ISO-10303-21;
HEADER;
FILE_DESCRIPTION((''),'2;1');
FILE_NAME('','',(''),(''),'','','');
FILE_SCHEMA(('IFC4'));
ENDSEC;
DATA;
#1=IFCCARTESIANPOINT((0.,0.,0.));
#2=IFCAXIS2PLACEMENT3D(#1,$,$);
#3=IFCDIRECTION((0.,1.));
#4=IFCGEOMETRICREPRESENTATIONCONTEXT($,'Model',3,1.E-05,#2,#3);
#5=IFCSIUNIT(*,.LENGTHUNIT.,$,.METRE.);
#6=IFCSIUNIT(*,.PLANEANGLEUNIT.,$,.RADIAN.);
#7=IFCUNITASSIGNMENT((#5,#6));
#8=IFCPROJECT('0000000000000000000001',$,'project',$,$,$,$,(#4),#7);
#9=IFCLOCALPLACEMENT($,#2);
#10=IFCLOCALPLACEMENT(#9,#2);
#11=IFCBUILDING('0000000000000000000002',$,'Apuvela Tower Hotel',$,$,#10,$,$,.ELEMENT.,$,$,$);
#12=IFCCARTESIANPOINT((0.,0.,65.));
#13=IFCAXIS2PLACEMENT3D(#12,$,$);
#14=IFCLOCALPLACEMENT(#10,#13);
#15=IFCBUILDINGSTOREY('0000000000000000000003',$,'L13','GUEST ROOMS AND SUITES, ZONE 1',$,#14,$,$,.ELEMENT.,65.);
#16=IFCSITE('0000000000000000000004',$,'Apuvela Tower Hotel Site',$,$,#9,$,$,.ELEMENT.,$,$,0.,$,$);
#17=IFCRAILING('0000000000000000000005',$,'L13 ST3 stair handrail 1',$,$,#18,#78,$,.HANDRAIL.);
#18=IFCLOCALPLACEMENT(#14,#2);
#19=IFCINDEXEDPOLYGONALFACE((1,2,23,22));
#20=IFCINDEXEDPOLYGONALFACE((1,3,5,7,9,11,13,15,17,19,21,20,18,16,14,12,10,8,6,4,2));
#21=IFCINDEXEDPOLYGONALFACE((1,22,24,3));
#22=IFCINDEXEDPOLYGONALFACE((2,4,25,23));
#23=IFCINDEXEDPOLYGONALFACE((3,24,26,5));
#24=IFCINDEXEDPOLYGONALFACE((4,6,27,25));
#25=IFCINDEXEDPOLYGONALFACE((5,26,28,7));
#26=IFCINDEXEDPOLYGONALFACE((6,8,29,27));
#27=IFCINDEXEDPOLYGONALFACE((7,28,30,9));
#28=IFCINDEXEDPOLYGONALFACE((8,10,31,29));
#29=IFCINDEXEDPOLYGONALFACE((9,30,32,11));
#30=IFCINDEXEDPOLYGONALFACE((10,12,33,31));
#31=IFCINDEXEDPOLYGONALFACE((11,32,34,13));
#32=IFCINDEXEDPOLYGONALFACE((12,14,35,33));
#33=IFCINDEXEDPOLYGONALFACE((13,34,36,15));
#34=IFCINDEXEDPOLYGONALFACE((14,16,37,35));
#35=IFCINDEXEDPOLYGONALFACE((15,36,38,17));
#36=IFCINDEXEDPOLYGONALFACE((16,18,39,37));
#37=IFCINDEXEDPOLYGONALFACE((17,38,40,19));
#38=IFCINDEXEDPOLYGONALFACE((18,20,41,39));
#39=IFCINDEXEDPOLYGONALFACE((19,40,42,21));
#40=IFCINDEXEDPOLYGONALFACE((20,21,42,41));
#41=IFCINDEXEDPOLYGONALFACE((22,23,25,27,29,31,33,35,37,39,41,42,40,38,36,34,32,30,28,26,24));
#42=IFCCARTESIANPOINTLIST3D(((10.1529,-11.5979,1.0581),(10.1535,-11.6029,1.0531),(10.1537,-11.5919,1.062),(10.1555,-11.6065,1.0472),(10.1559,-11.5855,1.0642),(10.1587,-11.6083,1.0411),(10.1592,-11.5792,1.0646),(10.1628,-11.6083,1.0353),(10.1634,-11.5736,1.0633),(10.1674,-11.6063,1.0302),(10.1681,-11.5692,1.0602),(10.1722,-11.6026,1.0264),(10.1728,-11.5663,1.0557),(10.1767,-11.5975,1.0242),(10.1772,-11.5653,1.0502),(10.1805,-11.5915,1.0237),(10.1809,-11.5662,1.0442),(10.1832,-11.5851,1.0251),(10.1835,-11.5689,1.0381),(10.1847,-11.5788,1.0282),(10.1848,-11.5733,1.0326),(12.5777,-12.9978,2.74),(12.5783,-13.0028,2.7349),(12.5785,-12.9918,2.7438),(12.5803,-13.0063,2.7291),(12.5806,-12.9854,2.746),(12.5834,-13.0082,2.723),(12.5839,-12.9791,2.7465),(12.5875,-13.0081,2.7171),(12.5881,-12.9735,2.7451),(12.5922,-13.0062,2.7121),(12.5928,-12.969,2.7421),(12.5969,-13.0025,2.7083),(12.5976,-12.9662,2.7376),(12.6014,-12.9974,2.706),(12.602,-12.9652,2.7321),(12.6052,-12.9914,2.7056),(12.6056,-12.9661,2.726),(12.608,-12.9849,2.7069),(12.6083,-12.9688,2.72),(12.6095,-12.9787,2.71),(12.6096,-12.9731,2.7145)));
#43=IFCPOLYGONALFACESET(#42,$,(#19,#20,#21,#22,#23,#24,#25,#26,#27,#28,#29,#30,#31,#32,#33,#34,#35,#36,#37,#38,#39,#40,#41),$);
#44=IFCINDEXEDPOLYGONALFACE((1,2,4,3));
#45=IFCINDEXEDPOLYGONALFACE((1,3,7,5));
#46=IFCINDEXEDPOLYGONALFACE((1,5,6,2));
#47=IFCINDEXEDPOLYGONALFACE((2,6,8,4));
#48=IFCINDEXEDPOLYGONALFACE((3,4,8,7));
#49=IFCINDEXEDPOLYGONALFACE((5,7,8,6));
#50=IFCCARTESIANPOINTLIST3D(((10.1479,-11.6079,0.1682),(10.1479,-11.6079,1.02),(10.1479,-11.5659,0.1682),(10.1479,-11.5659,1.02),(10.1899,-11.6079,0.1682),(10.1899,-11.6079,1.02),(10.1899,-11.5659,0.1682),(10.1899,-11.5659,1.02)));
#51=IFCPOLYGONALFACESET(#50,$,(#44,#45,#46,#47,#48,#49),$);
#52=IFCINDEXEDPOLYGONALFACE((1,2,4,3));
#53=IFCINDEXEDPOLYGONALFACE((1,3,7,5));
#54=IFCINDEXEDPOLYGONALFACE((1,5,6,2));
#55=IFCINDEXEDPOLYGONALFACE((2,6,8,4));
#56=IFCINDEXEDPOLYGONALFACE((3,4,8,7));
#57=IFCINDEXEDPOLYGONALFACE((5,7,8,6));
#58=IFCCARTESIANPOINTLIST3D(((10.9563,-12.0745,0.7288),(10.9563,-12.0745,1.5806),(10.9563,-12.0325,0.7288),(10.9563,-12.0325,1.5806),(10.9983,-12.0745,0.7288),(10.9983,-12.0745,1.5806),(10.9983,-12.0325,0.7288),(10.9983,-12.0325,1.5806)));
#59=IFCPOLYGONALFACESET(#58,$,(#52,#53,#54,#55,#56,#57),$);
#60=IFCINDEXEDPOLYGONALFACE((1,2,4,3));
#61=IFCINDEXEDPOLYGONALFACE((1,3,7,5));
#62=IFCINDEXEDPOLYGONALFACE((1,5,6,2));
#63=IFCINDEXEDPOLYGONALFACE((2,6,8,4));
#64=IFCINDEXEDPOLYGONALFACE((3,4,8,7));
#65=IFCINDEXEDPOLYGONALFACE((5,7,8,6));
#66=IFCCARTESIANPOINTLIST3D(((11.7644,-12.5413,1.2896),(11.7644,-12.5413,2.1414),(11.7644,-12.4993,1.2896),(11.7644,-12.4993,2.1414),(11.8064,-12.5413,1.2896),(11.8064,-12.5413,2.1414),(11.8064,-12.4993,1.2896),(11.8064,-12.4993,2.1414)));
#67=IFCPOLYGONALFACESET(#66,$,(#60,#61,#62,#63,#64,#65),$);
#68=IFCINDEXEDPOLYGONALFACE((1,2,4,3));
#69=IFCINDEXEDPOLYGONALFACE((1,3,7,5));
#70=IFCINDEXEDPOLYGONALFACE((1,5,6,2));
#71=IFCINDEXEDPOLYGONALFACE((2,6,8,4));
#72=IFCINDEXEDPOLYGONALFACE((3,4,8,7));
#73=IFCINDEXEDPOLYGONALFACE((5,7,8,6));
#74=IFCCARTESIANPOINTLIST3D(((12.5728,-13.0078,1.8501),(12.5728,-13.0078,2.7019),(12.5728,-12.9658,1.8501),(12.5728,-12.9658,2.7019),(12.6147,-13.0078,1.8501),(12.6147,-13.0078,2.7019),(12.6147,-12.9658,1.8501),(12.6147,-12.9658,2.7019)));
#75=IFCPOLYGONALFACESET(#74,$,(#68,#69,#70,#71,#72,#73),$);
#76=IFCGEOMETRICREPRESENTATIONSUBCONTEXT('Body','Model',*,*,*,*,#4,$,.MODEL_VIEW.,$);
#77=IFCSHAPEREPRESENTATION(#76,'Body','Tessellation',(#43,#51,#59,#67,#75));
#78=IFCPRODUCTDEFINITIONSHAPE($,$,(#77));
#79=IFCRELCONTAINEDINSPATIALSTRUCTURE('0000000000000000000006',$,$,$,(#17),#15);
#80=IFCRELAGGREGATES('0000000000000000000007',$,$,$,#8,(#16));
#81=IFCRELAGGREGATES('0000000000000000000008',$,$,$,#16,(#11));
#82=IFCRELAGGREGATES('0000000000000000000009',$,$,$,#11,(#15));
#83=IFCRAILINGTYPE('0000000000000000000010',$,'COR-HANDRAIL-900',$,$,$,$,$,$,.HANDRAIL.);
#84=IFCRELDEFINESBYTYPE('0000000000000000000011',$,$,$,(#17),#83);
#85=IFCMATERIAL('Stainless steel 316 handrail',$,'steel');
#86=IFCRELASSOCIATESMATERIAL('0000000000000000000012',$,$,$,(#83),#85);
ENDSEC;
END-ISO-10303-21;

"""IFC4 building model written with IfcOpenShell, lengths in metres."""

from ifc_helpers import new_model, si_unit, direction, frame, origin, origin_2d, place, context, subcontext, project, spatial, rectangle, circle, extrude, material, type_object, element, save


model = new_model("IFC4")

# Units and contexts
model_context = context("Model", 3, precision=1e-05, world=origin(), true_north=direction((0.0, 1.0)))
body_context = subcontext(model_context, "Body", "Model", "MODEL_VIEW")
ifc_project = project(units=[si_unit("LENGTHUNIT", "METRE"), si_unit("PLANEANGLEUNIT", "RADIAN")], contexts=[model_context])

# Site, building, storey
site_placement = place(None, origin())
site = spatial("IfcSite", under=ifc_project, at=site_placement, Name="Apuvela Tower Hotel Site", CompositionType="ELEMENT", RefElevation=0.0)
building_placement = place(site_placement, origin())
building = spatial("IfcBuilding", under=site, at=building_placement, Name="Apuvela Tower Hotel", CompositionType="ELEMENT")
storey_placement = place(building_placement, frame((0.0, 0.0, 65.0)))
storey = spatial("IfcBuildingStorey", under=building, at=storey_placement, Name="L13", Description="GUEST ROOMS AND SUITES, ZONE 1", CompositionType="ELEMENT", Elevation=65.0)

# Railing
ifc_material_1 = material(Name="Stainless steel 316 handrail", Category="steel")
railing_type_1 = type_object("IfcRailingType", Name="COR-HANDRAIL-900", PredefinedType="HANDRAIL", material=ifc_material_1)
railing_1_placement = place(storey_placement, frame((10.1689, -11.5869, 0.1682)))
element("IfcRailing", 1, at=railing_1_placement, inside=storey, type_object=railing_type_1, Name="L13 ST3 stair handrail 1", PredefinedType="HANDRAIL", context=body_context, shape_type="SweptSolid", body=[
    extrude(circle(Radius=0.0239, at=origin_2d()), frame((0.0, 0.0, 0.876), z_axis=(0.74239, -0.428601, 0.514934), x_axis=(0.499984, 0.866035, 0.0)), (0.0, 0.0, 1.0), 3.2661),
    extrude(rectangle(XDim=0.042, YDim=0.042, at=origin_2d()), origin(), (0.0, 0.0, 1.0), 0.8518),
    extrude(rectangle(XDim=0.042, YDim=0.042, at=origin_2d()), frame((0.8083, -0.4666, 0.5605)), (0.0, 0.0, 1.0), 0.8518),
    extrude(rectangle(XDim=0.042, YDim=0.042, at=origin_2d()), frame((1.6165, -0.9333, 1.1213)), (0.0, 0.0, 1.0), 0.8518),
    extrude(rectangle(XDim=0.042, YDim=0.042, at=origin_2d()), frame((2.4248, -1.3999, 1.6819)), (0.0, 0.0, 1.0), 0.8518),
])

save(model, "model.ifc")
